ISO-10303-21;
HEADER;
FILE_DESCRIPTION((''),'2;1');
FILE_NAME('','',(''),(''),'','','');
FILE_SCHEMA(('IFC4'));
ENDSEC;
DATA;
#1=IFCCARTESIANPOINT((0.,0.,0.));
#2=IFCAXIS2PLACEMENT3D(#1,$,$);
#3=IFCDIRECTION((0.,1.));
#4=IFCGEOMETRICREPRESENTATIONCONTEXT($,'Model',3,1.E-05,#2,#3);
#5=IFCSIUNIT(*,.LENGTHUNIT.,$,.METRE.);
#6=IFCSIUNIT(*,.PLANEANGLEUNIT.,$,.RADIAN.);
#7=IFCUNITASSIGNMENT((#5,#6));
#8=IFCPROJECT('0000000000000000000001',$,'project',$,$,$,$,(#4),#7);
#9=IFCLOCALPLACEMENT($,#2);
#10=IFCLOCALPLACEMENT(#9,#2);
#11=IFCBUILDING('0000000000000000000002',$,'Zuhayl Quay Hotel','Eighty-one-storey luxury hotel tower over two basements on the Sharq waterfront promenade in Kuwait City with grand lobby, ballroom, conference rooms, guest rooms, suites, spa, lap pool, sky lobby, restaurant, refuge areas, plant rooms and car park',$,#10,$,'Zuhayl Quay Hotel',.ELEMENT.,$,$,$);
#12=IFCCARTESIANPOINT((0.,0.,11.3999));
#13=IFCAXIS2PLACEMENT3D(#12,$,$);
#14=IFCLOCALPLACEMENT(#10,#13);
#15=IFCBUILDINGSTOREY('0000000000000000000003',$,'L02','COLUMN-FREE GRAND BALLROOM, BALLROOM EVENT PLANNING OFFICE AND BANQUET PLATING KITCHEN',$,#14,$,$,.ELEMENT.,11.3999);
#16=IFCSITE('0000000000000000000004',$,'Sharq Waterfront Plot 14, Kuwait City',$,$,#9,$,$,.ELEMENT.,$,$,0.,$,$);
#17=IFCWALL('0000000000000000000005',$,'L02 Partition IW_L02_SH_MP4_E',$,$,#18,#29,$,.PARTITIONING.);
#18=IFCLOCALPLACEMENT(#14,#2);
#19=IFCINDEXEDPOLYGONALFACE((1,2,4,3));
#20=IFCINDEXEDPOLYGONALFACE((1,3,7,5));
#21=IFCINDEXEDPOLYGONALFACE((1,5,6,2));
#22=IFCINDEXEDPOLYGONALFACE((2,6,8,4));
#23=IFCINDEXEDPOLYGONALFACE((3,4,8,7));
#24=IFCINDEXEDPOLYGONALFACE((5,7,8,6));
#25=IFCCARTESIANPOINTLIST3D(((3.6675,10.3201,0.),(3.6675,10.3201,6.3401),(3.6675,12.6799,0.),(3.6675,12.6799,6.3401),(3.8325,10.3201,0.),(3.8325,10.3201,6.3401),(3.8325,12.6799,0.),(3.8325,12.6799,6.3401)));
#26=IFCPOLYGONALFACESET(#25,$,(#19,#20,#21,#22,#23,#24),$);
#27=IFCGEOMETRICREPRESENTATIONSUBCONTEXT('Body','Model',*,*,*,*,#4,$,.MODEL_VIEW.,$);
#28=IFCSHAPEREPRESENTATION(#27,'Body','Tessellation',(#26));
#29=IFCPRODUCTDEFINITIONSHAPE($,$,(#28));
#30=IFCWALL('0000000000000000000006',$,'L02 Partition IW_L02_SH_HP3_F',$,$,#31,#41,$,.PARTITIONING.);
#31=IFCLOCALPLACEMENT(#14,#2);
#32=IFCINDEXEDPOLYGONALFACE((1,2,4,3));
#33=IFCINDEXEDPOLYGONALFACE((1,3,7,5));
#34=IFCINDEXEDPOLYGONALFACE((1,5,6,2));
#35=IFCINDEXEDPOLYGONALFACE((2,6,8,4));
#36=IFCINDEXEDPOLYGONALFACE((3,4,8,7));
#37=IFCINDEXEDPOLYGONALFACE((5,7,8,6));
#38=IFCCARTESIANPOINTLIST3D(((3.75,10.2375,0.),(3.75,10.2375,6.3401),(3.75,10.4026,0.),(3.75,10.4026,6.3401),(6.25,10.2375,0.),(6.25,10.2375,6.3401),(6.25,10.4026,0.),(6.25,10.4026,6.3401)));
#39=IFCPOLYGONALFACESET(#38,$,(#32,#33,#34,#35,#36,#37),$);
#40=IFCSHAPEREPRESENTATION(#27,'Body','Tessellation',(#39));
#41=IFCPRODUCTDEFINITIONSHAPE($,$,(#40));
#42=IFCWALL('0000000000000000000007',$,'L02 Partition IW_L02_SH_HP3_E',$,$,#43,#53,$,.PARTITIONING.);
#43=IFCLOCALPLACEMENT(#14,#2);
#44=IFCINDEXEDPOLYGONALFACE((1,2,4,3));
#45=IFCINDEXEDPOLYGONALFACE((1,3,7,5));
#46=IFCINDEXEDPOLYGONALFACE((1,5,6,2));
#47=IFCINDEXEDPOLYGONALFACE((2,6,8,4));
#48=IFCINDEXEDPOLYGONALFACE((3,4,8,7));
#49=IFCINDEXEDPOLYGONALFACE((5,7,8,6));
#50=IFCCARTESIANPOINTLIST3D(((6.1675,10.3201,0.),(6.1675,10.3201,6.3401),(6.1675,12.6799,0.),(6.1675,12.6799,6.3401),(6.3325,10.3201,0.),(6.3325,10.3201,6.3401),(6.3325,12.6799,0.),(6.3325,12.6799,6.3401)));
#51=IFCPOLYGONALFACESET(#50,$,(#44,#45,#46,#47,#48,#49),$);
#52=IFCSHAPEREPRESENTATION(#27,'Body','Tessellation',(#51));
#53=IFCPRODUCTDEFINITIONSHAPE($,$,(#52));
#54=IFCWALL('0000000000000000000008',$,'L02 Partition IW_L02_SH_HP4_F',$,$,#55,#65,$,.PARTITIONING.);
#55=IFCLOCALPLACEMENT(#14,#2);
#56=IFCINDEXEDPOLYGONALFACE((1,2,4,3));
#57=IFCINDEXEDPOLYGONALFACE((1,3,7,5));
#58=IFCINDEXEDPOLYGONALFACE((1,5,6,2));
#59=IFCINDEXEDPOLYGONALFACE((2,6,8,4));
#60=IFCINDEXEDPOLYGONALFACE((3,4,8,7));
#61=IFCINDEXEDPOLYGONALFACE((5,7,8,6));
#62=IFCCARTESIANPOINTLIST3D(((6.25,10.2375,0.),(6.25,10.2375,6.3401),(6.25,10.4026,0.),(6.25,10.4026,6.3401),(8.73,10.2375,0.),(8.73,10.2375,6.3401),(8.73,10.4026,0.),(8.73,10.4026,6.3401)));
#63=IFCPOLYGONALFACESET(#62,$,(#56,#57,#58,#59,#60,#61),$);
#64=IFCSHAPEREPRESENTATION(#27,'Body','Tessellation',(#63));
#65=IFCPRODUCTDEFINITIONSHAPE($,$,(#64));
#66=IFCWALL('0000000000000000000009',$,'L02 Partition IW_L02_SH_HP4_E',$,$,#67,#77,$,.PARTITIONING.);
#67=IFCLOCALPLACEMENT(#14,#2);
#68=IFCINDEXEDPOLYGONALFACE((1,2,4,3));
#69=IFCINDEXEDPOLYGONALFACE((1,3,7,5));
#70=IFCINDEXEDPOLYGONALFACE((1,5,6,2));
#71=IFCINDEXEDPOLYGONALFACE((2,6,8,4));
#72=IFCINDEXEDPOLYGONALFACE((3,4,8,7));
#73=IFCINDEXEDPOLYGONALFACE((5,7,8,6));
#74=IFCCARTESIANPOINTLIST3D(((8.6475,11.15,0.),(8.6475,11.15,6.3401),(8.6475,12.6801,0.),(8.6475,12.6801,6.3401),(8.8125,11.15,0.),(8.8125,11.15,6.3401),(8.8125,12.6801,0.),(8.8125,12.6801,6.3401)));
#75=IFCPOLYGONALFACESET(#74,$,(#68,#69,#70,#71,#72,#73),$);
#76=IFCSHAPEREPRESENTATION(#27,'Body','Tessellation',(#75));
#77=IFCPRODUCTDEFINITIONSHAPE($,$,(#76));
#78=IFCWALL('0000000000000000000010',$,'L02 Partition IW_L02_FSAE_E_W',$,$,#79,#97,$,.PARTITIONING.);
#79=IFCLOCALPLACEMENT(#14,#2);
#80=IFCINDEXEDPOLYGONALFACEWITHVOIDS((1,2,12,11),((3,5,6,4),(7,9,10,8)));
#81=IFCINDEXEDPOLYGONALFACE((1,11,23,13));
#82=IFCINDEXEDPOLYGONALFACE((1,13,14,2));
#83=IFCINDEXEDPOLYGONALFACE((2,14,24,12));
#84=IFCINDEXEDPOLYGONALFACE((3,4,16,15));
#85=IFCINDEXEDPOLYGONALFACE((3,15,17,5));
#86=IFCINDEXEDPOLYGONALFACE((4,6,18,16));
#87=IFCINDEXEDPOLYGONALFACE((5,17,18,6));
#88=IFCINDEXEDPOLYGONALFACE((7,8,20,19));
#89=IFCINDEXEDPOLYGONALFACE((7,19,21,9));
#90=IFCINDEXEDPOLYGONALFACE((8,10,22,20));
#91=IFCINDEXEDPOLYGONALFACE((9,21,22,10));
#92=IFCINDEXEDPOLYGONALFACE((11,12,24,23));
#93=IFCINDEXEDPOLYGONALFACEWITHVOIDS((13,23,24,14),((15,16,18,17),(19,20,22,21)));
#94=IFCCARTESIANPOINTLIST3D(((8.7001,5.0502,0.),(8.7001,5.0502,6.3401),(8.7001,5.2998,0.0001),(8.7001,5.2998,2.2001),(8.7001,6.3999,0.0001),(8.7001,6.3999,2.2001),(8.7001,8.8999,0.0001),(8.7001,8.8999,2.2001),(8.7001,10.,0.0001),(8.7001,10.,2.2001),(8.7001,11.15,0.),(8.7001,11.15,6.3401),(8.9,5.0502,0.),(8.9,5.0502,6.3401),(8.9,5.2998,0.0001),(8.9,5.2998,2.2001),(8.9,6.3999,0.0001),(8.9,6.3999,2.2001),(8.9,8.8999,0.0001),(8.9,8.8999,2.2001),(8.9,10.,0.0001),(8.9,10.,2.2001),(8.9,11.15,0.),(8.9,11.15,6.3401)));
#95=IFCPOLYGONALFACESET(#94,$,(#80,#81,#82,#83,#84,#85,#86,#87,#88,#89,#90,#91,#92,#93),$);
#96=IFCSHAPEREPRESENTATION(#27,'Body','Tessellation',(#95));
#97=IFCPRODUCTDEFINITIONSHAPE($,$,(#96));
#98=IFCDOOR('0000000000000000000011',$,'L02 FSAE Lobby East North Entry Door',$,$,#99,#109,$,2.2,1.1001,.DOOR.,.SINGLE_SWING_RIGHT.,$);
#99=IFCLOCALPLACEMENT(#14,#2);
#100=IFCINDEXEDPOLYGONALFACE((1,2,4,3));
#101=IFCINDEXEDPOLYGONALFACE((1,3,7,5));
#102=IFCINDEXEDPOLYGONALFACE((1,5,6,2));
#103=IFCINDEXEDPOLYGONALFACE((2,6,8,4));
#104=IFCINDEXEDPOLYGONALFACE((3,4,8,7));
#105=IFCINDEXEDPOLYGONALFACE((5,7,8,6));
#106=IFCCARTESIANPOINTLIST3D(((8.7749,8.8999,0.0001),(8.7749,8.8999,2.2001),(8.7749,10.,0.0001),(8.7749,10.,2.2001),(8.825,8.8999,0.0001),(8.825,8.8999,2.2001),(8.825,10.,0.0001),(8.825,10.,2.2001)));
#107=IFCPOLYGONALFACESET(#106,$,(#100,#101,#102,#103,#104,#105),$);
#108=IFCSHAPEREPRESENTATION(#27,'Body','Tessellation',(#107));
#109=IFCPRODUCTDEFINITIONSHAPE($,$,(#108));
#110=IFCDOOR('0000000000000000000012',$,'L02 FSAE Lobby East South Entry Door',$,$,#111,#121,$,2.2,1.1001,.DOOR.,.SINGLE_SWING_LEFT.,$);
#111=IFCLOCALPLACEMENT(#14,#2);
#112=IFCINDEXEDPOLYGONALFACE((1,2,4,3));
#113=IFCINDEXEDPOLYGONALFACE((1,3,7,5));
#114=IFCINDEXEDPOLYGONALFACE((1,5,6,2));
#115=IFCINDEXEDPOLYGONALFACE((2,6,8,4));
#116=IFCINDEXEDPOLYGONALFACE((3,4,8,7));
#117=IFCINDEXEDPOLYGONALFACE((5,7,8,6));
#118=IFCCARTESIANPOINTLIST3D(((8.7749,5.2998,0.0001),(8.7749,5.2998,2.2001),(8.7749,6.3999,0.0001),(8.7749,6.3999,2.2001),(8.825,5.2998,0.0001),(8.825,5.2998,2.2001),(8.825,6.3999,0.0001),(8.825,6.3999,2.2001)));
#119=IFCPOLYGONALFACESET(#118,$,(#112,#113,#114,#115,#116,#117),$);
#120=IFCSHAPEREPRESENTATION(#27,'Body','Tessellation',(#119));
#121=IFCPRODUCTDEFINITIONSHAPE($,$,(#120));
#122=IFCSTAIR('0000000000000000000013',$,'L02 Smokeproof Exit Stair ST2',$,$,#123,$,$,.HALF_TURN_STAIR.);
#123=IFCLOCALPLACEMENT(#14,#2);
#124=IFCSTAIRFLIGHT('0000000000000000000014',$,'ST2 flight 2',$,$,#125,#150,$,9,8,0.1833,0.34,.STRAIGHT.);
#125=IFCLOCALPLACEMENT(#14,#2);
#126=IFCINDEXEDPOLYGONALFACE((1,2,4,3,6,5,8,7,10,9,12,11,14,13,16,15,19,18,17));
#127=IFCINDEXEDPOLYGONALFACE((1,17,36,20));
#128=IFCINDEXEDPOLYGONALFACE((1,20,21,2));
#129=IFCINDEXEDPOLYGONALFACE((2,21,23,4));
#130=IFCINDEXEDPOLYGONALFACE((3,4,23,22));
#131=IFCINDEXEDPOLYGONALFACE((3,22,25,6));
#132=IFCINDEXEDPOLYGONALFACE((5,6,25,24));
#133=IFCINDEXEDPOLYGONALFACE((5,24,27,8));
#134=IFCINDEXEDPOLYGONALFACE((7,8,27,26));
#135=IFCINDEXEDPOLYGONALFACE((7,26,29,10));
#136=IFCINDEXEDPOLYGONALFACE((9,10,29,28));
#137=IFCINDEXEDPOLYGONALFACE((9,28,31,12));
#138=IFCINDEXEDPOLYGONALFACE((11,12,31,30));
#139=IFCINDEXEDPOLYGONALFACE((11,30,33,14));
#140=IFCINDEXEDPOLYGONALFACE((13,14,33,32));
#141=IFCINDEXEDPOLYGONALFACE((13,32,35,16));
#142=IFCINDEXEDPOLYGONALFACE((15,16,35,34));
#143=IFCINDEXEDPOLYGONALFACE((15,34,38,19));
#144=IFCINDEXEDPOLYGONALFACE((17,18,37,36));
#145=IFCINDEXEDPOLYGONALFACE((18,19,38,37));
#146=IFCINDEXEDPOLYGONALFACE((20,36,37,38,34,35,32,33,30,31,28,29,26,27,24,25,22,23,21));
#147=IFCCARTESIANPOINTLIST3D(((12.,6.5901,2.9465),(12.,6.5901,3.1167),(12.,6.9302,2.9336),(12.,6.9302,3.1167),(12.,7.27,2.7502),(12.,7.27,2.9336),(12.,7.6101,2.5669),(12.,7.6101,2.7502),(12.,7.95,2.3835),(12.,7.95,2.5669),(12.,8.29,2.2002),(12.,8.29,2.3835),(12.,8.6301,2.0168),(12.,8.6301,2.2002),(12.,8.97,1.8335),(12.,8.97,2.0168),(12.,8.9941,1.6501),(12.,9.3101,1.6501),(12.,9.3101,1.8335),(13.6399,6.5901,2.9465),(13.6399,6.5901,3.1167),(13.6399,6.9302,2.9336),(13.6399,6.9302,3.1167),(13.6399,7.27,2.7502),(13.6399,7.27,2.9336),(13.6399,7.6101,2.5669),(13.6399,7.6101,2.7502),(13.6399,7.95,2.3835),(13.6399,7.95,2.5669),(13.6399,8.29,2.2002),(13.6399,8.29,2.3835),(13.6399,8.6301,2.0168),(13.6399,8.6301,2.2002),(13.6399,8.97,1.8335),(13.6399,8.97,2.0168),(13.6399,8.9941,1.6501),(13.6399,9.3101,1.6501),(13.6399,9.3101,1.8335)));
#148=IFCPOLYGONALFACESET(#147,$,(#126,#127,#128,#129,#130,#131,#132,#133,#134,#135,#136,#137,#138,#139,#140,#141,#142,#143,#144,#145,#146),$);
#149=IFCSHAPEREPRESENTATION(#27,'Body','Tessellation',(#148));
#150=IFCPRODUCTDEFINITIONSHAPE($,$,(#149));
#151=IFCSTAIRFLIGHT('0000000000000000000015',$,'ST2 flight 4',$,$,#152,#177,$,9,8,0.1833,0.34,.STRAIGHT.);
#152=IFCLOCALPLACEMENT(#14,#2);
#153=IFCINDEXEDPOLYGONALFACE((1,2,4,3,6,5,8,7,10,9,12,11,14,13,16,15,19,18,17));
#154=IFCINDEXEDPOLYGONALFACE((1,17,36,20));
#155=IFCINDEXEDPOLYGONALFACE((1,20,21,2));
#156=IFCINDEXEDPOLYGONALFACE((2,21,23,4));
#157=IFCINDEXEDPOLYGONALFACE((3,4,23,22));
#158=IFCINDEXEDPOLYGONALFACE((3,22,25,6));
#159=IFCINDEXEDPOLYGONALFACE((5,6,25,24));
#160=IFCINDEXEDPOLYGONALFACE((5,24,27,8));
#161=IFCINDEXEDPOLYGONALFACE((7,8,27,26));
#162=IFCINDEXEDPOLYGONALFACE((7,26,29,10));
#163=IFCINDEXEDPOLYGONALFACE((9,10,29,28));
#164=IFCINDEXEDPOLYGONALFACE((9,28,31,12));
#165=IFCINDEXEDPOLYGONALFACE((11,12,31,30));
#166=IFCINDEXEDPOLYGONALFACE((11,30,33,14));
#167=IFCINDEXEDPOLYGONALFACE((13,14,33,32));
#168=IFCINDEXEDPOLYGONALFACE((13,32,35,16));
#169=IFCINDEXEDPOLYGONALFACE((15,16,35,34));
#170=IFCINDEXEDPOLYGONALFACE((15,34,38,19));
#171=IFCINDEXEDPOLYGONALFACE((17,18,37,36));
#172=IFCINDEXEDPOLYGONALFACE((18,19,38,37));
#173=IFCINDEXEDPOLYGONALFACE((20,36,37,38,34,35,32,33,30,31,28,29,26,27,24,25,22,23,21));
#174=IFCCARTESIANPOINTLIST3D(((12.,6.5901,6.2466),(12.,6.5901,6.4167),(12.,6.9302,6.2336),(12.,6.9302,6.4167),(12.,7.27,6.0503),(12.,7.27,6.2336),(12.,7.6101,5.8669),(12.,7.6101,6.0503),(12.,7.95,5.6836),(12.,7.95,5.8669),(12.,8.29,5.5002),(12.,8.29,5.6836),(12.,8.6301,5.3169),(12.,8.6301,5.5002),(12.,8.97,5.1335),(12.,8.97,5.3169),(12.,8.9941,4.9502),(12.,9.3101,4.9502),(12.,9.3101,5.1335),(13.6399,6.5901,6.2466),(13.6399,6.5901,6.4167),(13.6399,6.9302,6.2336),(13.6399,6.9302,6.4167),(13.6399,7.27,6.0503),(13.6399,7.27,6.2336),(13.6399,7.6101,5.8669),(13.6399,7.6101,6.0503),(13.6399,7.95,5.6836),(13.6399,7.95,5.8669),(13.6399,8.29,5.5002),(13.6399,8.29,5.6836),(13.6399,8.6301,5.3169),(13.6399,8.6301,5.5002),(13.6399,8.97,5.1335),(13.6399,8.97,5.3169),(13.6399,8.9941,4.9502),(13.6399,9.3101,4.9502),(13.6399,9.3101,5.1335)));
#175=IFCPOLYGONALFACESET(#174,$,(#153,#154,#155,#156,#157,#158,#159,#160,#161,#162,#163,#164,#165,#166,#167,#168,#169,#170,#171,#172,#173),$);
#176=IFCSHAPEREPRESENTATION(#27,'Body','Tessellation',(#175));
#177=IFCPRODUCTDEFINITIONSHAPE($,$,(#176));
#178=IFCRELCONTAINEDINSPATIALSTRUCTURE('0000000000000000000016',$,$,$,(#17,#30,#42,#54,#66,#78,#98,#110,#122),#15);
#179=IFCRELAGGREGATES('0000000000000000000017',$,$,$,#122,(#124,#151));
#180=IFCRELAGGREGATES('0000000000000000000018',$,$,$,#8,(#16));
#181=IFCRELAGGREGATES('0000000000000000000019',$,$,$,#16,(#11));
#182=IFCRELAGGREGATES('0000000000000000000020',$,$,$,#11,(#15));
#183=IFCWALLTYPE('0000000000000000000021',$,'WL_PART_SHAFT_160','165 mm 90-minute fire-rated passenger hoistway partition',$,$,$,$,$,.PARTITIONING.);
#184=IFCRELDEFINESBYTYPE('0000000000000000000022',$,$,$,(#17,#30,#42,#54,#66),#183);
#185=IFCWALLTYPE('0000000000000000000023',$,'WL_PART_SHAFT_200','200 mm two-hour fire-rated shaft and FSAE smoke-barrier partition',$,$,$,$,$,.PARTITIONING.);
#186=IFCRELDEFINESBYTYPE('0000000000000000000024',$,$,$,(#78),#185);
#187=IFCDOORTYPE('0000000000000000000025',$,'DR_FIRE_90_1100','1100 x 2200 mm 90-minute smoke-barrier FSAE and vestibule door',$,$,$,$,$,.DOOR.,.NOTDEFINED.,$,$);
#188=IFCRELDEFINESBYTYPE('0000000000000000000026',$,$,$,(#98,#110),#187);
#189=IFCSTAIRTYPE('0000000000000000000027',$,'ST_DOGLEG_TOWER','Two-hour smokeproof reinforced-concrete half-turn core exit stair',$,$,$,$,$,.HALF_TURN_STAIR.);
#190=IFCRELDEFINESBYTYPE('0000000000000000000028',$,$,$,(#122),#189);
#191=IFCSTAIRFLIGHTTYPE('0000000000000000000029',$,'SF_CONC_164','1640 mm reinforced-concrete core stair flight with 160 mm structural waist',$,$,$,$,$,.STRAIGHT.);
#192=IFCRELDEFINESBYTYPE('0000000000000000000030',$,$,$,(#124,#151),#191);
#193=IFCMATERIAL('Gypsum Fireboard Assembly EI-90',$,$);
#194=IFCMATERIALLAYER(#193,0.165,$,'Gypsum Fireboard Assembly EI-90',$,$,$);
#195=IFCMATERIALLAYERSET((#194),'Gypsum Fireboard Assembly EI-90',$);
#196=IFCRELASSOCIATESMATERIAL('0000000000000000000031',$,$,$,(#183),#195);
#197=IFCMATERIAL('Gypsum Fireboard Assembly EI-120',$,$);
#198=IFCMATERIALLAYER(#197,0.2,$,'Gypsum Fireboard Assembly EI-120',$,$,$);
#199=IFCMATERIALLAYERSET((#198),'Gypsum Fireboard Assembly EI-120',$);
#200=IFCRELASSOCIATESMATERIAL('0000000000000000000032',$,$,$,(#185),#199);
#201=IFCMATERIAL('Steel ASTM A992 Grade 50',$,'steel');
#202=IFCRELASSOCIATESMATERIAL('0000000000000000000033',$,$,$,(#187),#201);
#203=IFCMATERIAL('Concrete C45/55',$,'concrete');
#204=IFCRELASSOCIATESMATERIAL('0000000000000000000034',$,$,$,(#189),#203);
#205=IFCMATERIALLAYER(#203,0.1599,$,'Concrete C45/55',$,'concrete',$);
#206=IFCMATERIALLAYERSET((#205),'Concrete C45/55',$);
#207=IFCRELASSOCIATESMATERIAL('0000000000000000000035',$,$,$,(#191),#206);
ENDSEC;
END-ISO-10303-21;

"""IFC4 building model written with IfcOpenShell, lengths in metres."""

from ifc_helpers import new_model, si_unit, direction, frame, frame_2d, origin, place, context, subcontext, project, spatial, polyline, rectangle, outline, extrude, material, layer, layer_set, type_object, element, fill, aggregate, save


model = new_model("IFC4")

# Units and contexts
model_context = context("Model", 3, precision=1e-05, world=origin(), true_north=direction((0.0, 1.0)))
body_context = subcontext(model_context, "Body", "Model", "MODEL_VIEW")
ifc_project = project(units=[si_unit("LENGTHUNIT", "METRE"), si_unit("PLANEANGLEUNIT", "RADIAN")], contexts=[model_context])

# Site, building, storey
site_placement = place(None, origin())
site = spatial("IfcSite", under=ifc_project, at=site_placement, Name="Sharq Waterfront Plot 14, Kuwait City", CompositionType="ELEMENT", RefElevation=0.0)
building_placement = place(site_placement, origin())
building = spatial("IfcBuilding", under=site, at=building_placement, Name="Zuhayl Quay Hotel", Description="Eighty-one-storey luxury hotel tower over two basements on the Sharq waterfront promenade in Kuwait City with grand lobby, ballroom, conference rooms, guest rooms, suites, spa, lap pool, sky lobby, restaurant, refuge areas, plant rooms and car park", LongName="Zuhayl Quay Hotel", CompositionType="ELEMENT")
storey_placement = place(building_placement, frame((0.0, 0.0, 11.3999)))
storey = spatial("IfcBuildingStorey", under=building, at=storey_placement, Name="L02", Description="COLUMN-FREE GRAND BALLROOM, BALLROOM EVENT PLANNING OFFICE AND BANQUET PLATING KITCHEN", CompositionType="ELEMENT", Elevation=11.3999)

# Shared definitions
ifc_material_1 = material(Name="Steel ASTM A992 Grade 50", Category="steel")

# Shared definitions
ifc_material_2 = material(Name="Gypsum Fireboard Assembly EI-90")
ifc_layer_1 = layer(ifc_material_2, 0.165, Name="Gypsum Fireboard Assembly EI-90")
ifc_layer_set_1 = layer_set([ifc_layer_1], Name="Gypsum Fireboard Assembly EI-90")
wall_type_1 = type_object("IfcWallType", Name="WL_PART_SHAFT_160", Description="165 mm 90-minute fire-rated passenger hoistway partition", PredefinedType="PARTITIONING", material=ifc_layer_set_1)

# Walls
for number, where, z_axis, x_axis, name in (
    (1, (3.75, 10.3201, 0.0), (0.0, 0.0, 1.0), (0.0, 1.0, 0.0), "L02 Partition IW_L02_SH_MP4_E"),
):
    element("IfcWall", number, at=place(storey_placement, frame(where, z_axis=z_axis, x_axis=x_axis)), inside=storey, type_object=wall_type_1, Name=name, PredefinedType="PARTITIONING", context=body_context, shape_type="SweptSolid", body=[
        extrude(rectangle(XDim=2.3599, YDim=0.165, at=frame_2d((1.1799, 0.0))), origin(), (0.0, 0.0, 1.0), 6.3401),
    ])
wall_1_placement = place(storey_placement, frame((3.75, 10.3201, 0.0), z_axis=(0.0, 0.0, 1.0), x_axis=(1.0, 0.0, 0.0)))
element("IfcWall", 2, at=wall_1_placement, inside=storey, type_object=wall_type_1, Name="L02 Partition IW_L02_SH_HP3_F", PredefinedType="PARTITIONING", context=body_context, shape_type="SweptSolid", body=[
    extrude(rectangle(XDim=2.5, YDim=0.165, at=frame_2d((1.25, 0.0))), origin(), (0.0, 0.0, 1.0), 6.3401),
])
wall_2_placement = place(storey_placement, frame((6.25, 10.3201, 0.0), z_axis=(0.0, 0.0, 1.0), x_axis=(0.0, 1.0, 0.0)))
element("IfcWall", 3, at=wall_2_placement, inside=storey, type_object=wall_type_1, Name="L02 Partition IW_L02_SH_HP3_E", PredefinedType="PARTITIONING", context=body_context, shape_type="SweptSolid", body=[
    extrude(rectangle(XDim=2.3599, YDim=0.165, at=frame_2d((1.1799, 0.0))), origin(), (0.0, 0.0, 1.0), 6.3401),
])
wall_3_placement = place(storey_placement, frame((6.25, 10.3201, 0.0), z_axis=(0.0, 0.0, 1.0), x_axis=(1.0, 0.0, 0.0)))
element("IfcWall", 4, at=wall_3_placement, inside=storey, type_object=wall_type_1, Name="L02 Partition IW_L02_SH_HP4_F", PredefinedType="PARTITIONING", context=body_context, shape_type="SweptSolid", body=[
    extrude(rectangle(XDim=2.48, YDim=0.165, at=frame_2d((1.24, 0.0))), origin(), (0.0, 0.0, 1.0), 6.3401),
])
wall_4_placement = place(storey_placement, frame((8.73, 11.1499, 0.0), z_axis=(0.0, 0.0, 1.0), x_axis=(0.0, 1.0, 0.0)))
element("IfcWall", 5, at=wall_4_placement, inside=storey, type_object=wall_type_1, Name="L02 Partition IW_L02_SH_HP4_E", PredefinedType="PARTITIONING", context=body_context, shape_type="SweptSolid", body=[
    extrude(rectangle(XDim=1.53, YDim=0.165, at=frame_2d((0.7651, 0.0))), origin(), (0.0, 0.0, 1.0), 6.3401),
])

# Wall, openings, doors
ifc_material_3 = material(Name="Gypsum Fireboard Assembly EI-120")
ifc_layer_2 = layer(ifc_material_3, 0.2, Name="Gypsum Fireboard Assembly EI-120")
ifc_layer_set_2 = layer_set([ifc_layer_2], Name="Gypsum Fireboard Assembly EI-120")
wall_type_2 = type_object("IfcWallType", Name="WL_PART_SHAFT_200", Description="200 mm two-hour fire-rated shaft and FSAE smoke-barrier partition", PredefinedType="PARTITIONING", material=ifc_layer_set_2)
wall_5_placement = place(storey_placement, frame((8.8, 11.1499, 0.0), z_axis=(0.0, 0.0, 1.0), x_axis=(0.0, -1.0, 0.0)))
wall_5 = element("IfcWall", 6, at=wall_5_placement, inside=storey, type_object=wall_type_2, Name="L02 Partition IW_L02_FSAE_E_W", PredefinedType="PARTITIONING", context=body_context, shape_type="SweptSolid", body=[
    extrude(rectangle(XDim=6.0999, YDim=0.2, at=frame_2d((3.0498, 0.0))), origin(), (0.0, 0.0, 1.0), 6.3401),
])
opening_1_placement = place(wall_5_placement, frame((1.1499, 0.0, 0.0)))
opening_1 = element("IfcOpeningElement", 7, at=opening_1_placement, cuts=wall_5, PredefinedType="OPENING", context=body_context, shape_type="SweptSolid", body=[
    extrude(rectangle(XDim=1.1001, YDim=2.2, at=frame_2d((0.55, 1.1001))), frame((0.0, 0.1099, 0.0), z_axis=(0.0, -1.0, 0.0), x_axis=(1.0, 0.0, 0.0)), (0.0, 0.0, 1.0), 0.22),
])
opening_2_placement = place(wall_5_placement, frame((4.75, 0.0, 0.0)))
opening_2 = element("IfcOpeningElement", 8, at=opening_2_placement, cuts=wall_5, PredefinedType="OPENING", context=body_context, shape_type="SweptSolid", body=[
    extrude(rectangle(XDim=1.1001, YDim=2.2, at=frame_2d((0.55, 1.1001))), frame((0.0, 0.1099, 0.0), z_axis=(0.0, -1.0, 0.0), x_axis=(1.0, 0.0, 0.0)), (0.0, 0.0, 1.0), 0.22),
])
door_type_1 = type_object("IfcDoorType", Name="DR_FIRE_90_1100", Description="1100 x 2200 mm 90-minute smoke-barrier FSAE and vestibule door", OperationType="NOTDEFINED", PredefinedType="DOOR", material=ifc_material_1)
door_1_placement = place(opening_1_placement, origin())
door_1 = element("IfcDoor", 9, at=door_1_placement, inside=storey, type_object=door_type_1, Name="L02 FSAE Lobby East North Entry Door", OperationType="SINGLE_SWING_RIGHT", OverallHeight=2.2, OverallWidth=1.1001, PredefinedType="DOOR", context=body_context, shape_type="SweptSolid", body=[
    extrude(rectangle(XDim=1.1001, YDim=2.2, at=frame_2d((0.55, 1.1001))), frame((0.0, 0.0249, 0.0), z_axis=(0.0, -1.0, 0.0), x_axis=(1.0, 0.0, 0.0)), (0.0, 0.0, 1.0), 0.05),
])
fill(opening_1, door_1)
door_2_placement = place(opening_2_placement, origin())
door_2 = element("IfcDoor", 10, at=door_2_placement, inside=storey, type_object=door_type_1, Name="L02 FSAE Lobby East South Entry Door", OperationType="SINGLE_SWING_LEFT", OverallHeight=2.2, OverallWidth=1.1001, PredefinedType="DOOR", context=body_context, shape_type="SweptSolid", body=[
    extrude(rectangle(XDim=1.1001, YDim=2.2, at=frame_2d((0.55, 1.1001))), frame((0.0, 0.0249, 0.0), z_axis=(0.0, -1.0, 0.0), x_axis=(1.0, 0.0, 0.0)), (0.0, 0.0, 1.0), 0.05),
])
fill(opening_2, door_2)

# Stair, stair flights
ifc_material_4 = material(Name="Concrete C45/55", Category="concrete")
stair_type = type_object("IfcStairType", Name="ST_DOGLEG_TOWER", Description="Two-hour smokeproof reinforced-concrete half-turn core exit stair", PredefinedType="HALF_TURN_STAIR", material=ifc_material_4)
stair_placement = place(storey_placement, origin())
stair = element("IfcStair", 11, at=stair_placement, inside=storey, type_object=stair_type, Name="L02 Smokeproof Exit Stair ST2", PredefinedType="HALF_TURN_STAIR")
ifc_layer_3 = layer(ifc_material_4, 0.1599, Name="Concrete C45/55", Category="concrete")
ifc_layer_set_3 = layer_set([ifc_layer_3], Name="Concrete C45/55")
stair_flight_type = type_object("IfcStairFlightType", Name="SF_CONC_164", Description="1640 mm reinforced-concrete core stair flight with 160 mm structural waist", PredefinedType="STRAIGHT", material=ifc_layer_set_3)
stair_flight_1_placement = place(storey_placement, frame((12.8201, 9.3101, 1.6501), z_axis=(0.0, 0.0, 1.0), x_axis=(0.0, -1.0, 0.0)))
stair_flight_1 = element("IfcStairFlight", 12, at=stair_flight_1_placement, type_object=stair_flight_type, Name="ST2 flight 2", NumberOfRisers=9, NumberOfTreads=8, PredefinedType="STRAIGHT", RiserHeight=0.1833, TreadLength=0.34, context=body_context, shape_type="SweptSolid", body=[
    extrude(outline(polyline([(0.0, 0.0), (0.0, 0.1833), (0.3401, 0.1833), (0.3401, 0.3667), (0.6799, 0.3667), (0.6799, 0.55), (1.02, 0.55), (1.02, 0.7334), (1.3601, 0.7334), (1.3601, 0.9167), (1.7, 0.9167), (1.7, 1.1001), (2.04, 1.1001), (2.04, 1.2834), (2.3799, 1.2834), (2.3799, 1.4666), (2.72, 1.4666), (2.72, 1.6499), (2.72, 1.2964), (0.3159, 0.0), (0.0, 0.0)])), frame((0.0, 0.8198, 0.0), z_axis=(0.0, -1.0, 0.0), x_axis=(1.0, 0.0, 0.0)), (0.0, 0.0, 1.0), 1.6399),
])
stair_flight_2_placement = place(storey_placement, frame((12.8201, 9.3101, 4.9502), z_axis=(0.0, 0.0, 1.0), x_axis=(0.0, -1.0, 0.0)))
stair_flight_2 = element("IfcStairFlight", 13, at=stair_flight_2_placement, type_object=stair_flight_type, Name="ST2 flight 4", NumberOfRisers=9, NumberOfTreads=8, PredefinedType="STRAIGHT", RiserHeight=0.1833, TreadLength=0.34, context=body_context, shape_type="SweptSolid", body=[
    extrude(outline(polyline([(0.0, 0.0), (0.0, 0.1833), (0.3401, 0.1833), (0.3401, 0.3667), (0.6799, 0.3667), (0.6799, 0.55), (1.02, 0.55), (1.02, 0.7334), (1.3601, 0.7334), (1.3601, 0.9167), (1.7, 0.9167), (1.7, 1.1001), (2.04, 1.1001), (2.04, 1.2834), (2.3799, 1.2834), (2.3799, 1.4666), (2.72, 1.4666), (2.72, 1.6499), (2.72, 1.2964), (0.3159, 0.0), (0.0, 0.0)])), frame((0.0, 0.8198, 0.0), z_axis=(0.0, -1.0, 0.0), x_axis=(1.0, 0.0, 0.0)), (0.0, 0.0, 1.0), 1.6399),
])
aggregate(stair, [stair_flight_1, stair_flight_2])

save(model, "model.ifc")
